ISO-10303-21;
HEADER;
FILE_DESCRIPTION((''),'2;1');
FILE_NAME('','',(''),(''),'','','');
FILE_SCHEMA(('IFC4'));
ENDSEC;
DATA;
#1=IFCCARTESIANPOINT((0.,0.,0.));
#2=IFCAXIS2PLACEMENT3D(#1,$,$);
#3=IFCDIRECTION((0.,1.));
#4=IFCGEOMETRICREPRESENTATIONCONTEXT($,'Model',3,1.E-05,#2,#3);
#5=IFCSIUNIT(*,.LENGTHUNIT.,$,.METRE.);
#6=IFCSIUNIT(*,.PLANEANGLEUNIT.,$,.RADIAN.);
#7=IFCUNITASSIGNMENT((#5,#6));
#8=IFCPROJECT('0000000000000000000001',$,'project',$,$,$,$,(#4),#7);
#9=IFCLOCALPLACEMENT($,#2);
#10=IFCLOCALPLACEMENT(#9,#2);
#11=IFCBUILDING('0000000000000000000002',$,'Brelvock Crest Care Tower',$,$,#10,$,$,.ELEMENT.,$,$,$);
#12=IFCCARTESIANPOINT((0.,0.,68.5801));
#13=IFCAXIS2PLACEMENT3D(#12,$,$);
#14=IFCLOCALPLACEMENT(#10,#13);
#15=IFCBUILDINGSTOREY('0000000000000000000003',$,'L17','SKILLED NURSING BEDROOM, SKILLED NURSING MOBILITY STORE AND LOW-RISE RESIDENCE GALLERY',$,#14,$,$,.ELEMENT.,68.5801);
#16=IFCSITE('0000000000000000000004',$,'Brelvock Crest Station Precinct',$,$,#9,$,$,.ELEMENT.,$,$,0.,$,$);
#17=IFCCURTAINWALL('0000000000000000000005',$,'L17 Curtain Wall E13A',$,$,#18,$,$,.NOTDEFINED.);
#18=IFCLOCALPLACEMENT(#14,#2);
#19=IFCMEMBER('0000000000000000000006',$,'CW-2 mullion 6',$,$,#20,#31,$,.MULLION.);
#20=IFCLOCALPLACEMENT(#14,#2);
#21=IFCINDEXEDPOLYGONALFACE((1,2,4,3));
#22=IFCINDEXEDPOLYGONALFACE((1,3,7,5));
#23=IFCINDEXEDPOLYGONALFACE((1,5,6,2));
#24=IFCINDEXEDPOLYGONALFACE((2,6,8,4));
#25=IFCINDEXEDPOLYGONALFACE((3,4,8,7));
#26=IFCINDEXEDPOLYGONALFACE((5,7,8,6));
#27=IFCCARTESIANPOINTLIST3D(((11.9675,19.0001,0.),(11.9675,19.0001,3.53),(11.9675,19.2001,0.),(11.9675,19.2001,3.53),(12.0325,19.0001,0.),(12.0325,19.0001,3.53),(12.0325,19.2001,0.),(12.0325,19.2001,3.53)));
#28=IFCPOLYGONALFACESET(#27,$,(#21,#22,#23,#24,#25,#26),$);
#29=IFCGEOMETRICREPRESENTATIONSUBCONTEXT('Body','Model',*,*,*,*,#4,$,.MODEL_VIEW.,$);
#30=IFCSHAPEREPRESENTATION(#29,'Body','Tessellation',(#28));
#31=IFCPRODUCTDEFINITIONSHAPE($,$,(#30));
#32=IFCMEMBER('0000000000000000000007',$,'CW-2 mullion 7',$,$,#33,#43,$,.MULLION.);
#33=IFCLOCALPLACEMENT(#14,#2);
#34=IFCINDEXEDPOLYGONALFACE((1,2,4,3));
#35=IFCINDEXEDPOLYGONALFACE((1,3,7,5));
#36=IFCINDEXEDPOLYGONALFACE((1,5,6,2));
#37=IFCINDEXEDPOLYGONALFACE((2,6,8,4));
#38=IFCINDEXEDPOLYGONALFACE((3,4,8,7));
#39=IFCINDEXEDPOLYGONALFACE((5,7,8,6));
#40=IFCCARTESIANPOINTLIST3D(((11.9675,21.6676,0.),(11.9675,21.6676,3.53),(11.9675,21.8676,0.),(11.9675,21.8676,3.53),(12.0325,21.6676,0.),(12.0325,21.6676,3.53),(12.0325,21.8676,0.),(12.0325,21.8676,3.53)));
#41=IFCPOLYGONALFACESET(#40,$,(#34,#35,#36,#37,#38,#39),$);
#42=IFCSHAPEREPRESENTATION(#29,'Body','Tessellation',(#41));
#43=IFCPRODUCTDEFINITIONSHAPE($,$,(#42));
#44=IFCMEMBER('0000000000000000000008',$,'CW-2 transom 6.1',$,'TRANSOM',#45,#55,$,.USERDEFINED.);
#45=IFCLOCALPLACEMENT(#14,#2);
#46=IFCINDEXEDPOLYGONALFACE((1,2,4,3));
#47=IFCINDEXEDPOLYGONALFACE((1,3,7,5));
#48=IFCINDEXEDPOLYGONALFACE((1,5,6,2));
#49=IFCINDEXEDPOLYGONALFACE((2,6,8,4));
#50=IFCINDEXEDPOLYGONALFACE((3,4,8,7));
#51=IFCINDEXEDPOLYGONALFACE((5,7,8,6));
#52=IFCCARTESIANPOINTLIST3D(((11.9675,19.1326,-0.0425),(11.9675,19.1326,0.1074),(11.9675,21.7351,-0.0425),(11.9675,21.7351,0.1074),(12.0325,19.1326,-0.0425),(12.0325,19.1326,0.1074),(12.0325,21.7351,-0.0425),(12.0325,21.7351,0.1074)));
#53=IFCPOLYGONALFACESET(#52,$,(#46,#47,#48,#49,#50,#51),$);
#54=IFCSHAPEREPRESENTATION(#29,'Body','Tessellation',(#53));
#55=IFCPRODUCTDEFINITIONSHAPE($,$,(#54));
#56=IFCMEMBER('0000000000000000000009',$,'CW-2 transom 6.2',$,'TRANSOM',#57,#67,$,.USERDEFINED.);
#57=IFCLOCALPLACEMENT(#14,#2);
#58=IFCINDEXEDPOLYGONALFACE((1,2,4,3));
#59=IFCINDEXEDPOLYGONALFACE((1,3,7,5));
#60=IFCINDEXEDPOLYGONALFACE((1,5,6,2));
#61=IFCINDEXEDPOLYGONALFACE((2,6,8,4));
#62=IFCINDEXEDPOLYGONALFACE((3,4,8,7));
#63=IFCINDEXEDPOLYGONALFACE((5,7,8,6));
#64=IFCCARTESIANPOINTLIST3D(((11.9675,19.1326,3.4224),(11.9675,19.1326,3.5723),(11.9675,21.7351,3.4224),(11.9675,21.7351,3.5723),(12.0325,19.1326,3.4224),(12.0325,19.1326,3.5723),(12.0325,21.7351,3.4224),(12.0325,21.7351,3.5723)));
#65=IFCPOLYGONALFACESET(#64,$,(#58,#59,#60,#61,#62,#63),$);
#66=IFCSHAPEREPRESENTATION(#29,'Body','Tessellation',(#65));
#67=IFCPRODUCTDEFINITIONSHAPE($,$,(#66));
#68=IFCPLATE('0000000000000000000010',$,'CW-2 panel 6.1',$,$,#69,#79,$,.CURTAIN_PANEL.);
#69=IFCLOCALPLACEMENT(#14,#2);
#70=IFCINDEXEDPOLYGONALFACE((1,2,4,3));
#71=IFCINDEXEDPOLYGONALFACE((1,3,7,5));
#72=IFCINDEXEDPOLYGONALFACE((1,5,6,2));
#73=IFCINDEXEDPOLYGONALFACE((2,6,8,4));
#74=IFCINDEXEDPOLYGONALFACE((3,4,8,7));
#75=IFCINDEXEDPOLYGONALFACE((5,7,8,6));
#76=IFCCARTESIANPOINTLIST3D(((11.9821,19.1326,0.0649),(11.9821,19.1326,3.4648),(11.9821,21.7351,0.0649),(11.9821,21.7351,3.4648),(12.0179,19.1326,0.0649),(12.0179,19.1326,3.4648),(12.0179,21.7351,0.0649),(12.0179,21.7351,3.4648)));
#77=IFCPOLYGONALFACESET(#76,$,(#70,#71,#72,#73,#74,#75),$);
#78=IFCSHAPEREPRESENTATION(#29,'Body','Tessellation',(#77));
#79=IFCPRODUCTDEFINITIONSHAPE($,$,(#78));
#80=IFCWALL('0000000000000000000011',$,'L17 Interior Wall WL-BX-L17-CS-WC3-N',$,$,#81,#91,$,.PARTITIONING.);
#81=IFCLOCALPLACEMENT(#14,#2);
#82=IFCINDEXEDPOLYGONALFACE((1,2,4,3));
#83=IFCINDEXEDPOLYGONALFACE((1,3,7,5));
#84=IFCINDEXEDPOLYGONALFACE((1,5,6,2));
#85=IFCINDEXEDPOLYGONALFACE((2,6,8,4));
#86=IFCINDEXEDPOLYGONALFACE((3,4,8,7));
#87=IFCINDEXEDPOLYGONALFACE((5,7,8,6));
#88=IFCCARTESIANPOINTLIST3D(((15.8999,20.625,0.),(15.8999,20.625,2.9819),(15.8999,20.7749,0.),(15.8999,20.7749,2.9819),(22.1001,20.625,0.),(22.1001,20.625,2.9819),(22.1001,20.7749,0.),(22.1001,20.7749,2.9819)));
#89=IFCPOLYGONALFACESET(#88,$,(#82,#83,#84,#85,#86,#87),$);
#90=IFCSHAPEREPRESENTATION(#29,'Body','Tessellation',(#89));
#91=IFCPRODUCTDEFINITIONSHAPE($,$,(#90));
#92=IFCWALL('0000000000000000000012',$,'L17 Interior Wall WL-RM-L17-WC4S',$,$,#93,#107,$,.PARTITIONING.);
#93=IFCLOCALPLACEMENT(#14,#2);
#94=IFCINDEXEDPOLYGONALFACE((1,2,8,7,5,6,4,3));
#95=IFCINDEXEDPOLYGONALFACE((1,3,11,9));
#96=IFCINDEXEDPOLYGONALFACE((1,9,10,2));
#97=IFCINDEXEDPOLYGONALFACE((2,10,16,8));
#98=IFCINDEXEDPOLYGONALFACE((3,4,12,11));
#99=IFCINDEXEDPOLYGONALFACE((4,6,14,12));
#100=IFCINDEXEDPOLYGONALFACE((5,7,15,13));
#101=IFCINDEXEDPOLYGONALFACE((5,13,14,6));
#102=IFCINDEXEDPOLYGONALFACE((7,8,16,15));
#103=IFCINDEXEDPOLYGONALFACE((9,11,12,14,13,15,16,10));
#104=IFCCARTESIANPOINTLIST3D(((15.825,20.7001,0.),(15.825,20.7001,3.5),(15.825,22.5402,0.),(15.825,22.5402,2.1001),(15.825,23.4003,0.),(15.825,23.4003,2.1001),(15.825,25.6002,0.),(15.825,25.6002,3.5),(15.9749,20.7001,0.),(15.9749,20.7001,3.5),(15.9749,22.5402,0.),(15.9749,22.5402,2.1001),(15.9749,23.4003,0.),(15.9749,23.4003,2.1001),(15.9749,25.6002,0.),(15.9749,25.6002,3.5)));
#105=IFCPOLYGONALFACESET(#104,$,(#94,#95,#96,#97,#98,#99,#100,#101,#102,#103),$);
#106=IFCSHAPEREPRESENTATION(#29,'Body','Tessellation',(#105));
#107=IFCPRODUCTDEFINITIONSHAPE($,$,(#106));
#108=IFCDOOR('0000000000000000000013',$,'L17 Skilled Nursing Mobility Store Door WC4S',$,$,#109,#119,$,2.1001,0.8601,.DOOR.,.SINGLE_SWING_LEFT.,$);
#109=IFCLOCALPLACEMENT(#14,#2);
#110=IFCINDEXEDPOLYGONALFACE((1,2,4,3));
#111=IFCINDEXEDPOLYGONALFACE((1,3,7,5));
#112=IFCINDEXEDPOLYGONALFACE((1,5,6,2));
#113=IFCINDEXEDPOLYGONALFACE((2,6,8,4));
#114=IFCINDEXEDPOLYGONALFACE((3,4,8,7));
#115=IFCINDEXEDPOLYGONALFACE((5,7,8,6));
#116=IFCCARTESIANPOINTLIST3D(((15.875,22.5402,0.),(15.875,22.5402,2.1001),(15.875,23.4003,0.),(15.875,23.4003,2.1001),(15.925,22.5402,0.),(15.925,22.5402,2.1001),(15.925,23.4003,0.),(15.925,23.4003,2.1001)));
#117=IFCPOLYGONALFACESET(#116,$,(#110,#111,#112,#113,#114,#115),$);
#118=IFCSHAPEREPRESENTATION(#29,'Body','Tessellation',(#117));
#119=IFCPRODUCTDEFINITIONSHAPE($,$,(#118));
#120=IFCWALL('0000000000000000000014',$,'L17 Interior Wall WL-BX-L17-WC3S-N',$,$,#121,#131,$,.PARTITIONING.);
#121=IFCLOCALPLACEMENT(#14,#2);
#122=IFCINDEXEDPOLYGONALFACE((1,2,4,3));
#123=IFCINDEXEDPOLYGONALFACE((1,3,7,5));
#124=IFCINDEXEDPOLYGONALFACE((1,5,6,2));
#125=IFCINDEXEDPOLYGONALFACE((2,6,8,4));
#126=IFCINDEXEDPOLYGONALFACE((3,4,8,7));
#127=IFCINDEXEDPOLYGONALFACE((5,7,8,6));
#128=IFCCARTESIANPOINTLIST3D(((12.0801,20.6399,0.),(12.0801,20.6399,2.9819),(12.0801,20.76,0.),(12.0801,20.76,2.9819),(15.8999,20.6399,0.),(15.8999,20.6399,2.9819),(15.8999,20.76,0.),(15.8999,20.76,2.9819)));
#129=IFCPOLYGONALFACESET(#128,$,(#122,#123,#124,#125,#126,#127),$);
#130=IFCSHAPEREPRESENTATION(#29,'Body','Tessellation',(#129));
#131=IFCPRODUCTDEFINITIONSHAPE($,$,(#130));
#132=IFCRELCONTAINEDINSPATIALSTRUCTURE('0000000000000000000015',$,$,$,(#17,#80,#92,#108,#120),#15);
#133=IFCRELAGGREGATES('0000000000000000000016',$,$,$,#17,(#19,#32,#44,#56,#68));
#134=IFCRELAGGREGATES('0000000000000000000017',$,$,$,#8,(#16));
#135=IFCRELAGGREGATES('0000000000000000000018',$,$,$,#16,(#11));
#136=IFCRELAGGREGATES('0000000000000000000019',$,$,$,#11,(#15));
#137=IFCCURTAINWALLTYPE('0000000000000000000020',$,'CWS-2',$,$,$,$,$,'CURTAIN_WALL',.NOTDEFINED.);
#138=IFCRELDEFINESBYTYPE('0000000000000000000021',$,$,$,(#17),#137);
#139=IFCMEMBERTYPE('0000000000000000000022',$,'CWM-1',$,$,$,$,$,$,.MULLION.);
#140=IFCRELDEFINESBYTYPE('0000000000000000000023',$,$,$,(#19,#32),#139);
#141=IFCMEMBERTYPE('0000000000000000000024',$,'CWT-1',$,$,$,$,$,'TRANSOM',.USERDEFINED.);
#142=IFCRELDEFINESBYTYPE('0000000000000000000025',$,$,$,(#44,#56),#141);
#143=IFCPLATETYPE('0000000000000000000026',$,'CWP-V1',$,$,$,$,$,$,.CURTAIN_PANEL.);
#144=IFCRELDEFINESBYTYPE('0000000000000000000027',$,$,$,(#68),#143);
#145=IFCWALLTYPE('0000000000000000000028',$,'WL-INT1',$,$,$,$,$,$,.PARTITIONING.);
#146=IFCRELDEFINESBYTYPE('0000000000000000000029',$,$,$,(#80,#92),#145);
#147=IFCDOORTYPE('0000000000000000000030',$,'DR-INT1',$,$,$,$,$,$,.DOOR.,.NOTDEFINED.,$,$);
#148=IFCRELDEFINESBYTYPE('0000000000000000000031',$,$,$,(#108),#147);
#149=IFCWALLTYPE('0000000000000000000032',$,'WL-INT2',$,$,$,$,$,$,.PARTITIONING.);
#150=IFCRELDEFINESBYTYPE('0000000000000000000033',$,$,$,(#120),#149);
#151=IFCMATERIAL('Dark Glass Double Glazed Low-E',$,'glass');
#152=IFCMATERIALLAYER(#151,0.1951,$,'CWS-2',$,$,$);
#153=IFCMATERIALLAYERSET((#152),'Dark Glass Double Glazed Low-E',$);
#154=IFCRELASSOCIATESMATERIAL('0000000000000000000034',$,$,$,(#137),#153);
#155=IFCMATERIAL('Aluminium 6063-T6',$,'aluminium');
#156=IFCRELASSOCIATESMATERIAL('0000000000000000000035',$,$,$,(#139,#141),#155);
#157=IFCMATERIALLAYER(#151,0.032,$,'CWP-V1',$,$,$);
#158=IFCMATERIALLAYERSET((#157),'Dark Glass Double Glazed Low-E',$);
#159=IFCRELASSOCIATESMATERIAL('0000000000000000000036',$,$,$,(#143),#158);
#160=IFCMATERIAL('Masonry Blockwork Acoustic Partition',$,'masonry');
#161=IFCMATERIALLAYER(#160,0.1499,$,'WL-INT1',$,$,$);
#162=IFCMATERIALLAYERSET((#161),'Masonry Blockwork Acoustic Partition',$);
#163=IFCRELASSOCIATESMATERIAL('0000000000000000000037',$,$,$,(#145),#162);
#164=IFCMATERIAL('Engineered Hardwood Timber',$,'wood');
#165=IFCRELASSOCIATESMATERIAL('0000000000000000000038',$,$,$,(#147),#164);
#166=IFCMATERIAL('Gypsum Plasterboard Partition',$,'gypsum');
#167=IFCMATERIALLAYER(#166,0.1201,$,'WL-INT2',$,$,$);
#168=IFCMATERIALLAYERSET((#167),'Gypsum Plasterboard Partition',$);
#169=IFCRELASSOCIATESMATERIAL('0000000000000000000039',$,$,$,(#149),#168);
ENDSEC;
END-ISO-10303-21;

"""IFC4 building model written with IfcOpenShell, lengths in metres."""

from ifc_helpers import new_model, si_unit, direction, frame, frame_2d, origin, origin_2d, place, context, subcontext, project, spatial, rectangle, extrude, source, transform, mapped, material, layer, layer_set, material_profile, profile_set, type_object, element, fill, aggregate, save


model = new_model("IFC4")

# Units and contexts
model_context = context("Model", 3, precision=1e-05, world=origin(), true_north=direction((0.0, 1.0)))
body_context = subcontext(model_context, "Body", "Model", "MODEL_VIEW")
ifc_project = project(units=[si_unit("LENGTHUNIT", "METRE"), si_unit("PLANEANGLEUNIT", "RADIAN")], contexts=[model_context])

# Site, building, storey
site_placement = place(None, origin())
site = spatial("IfcSite", under=ifc_project, at=site_placement, Name="Brelvock Crest Station Precinct", CompositionType="ELEMENT", RefElevation=0.0)
building_placement = place(site_placement, origin())
building = spatial("IfcBuilding", under=site, at=building_placement, Name="Brelvock Crest Care Tower", CompositionType="ELEMENT")
storey_placement = place(building_placement, frame((0.0, 0.0, 68.5801)))
storey = spatial("IfcBuildingStorey", under=building, at=storey_placement, Name="L17", Description="SKILLED NURSING BEDROOM, SKILLED NURSING MOBILITY STORE AND LOW-RISE RESIDENCE GALLERY", CompositionType="ELEMENT", Elevation=68.5801)

# Curtain wall, members, plate
ifc_material_1 = material(Name="Dark Glass Double Glazed Low-E", Category="glass")
ifc_layer_1 = layer(ifc_material_1, 0.1951, Name="CWS-2")
ifc_layer_set_1 = layer_set([ifc_layer_1], Name="Dark Glass Double Glazed Low-E")
curtain_wall_type = type_object("IfcCurtainWallType", Name="CWS-2", ElementType="CURTAIN_WALL", PredefinedType="NOTDEFINED", material=ifc_layer_set_1)
curtain_wall_placement = place(storey_placement, origin())
curtain_wall = element("IfcCurtainWall", 1, at=curtain_wall_placement, inside=storey, type_object=curtain_wall_type, Name="L17 Curtain Wall E13A", PredefinedType="NOTDEFINED")
ifc_material_2 = material(Name="Aluminium 6063-T6", Category="aluminium")
ifc_material_profile_1 = material_profile(ifc_material_2, rectangle(XDim=0.0649, YDim=0.2, at=origin_2d()), Name="ALU65x200")
ifc_profile_set_1 = profile_set([ifc_material_profile_1], Name="Aluminium 6063-T6")
member_type_1 = type_object("IfcMemberType", Name="CWM-1", PredefinedType="MULLION", material=ifc_profile_set_1)
shared_shape_1 = source(origin(), body_context, "Body", "SweptSolid", [
    extrude(rectangle(XDim=0.0649, YDim=0.2, at=origin_2d()), origin(), (0.0, 0.0, 1.0), 3.53),
])
member_1_placement = place(storey_placement, frame((12.0, 19.1001, 0.0), z_axis=(0.0, 0.0, 1.0), x_axis=(-1.0, 0.0, 0.0)))
member_1 = element("IfcMember", 2, at=member_1_placement, type_object=member_type_1, Name="CW-2 mullion 6", PredefinedType="MULLION", context=body_context, shape_type="MappedRepresentation", body=[
    mapped(shared_shape_1, transform((0.0, 0.0, 0.0), x_axis=(1.0, 0.0, 0.0), y_axis=(0.0, 1.0, 0.0), z_axis=(0.0, 0.0, 1.0), scale=1.0)),
])
member_2_placement = place(storey_placement, frame((12.0, 21.7676, 0.0), z_axis=(0.0, 0.0, 1.0), x_axis=(-1.0, 0.0, 0.0)))
member_2 = element("IfcMember", 3, at=member_2_placement, type_object=member_type_1, Name="CW-2 mullion 7", PredefinedType="MULLION", context=body_context, shape_type="MappedRepresentation", body=[
    mapped(shared_shape_1, transform((0.0, 0.0, 0.0), x_axis=(1.0, 0.0, 0.0), y_axis=(0.0, 1.0, 0.0), z_axis=(0.0, 0.0, 1.0), scale=1.0)),
])
ifc_material_profile_2 = material_profile(ifc_material_2, rectangle(XDim=0.0649, YDim=0.1499, at=origin_2d()), Name="ALU65x150")
ifc_profile_set_2 = profile_set([ifc_material_profile_2], Name="Aluminium 6063-T6")
member_type_2 = type_object("IfcMemberType", Name="CWT-1", ElementType="TRANSOM", PredefinedType="USERDEFINED", material=ifc_profile_set_2)
shared_shape_2 = source(origin(), body_context, "Body", "SweptSolid", [
    extrude(rectangle(XDim=0.0649, YDim=0.1499, at=origin_2d()), origin(), (0.0, 0.0, 1.0), 2.6025),
])
member_3_placement = place(storey_placement, frame((12.0, 19.1326, 0.0325), z_axis=(0.0, 1.0, 0.0), x_axis=(-1.0, 0.0, 0.0)))
member_3 = element("IfcMember", 4, at=member_3_placement, type_object=member_type_2, Name="CW-2 transom 6.1", ObjectType="TRANSOM", PredefinedType="USERDEFINED", context=body_context, shape_type="MappedRepresentation", body=[
    mapped(shared_shape_2, transform((0.0, 0.0, 0.0), x_axis=(1.0, 0.0, 0.0), y_axis=(0.0, 1.0, 0.0), z_axis=(0.0, 0.0, 1.0), scale=1.0)),
])
member_4_placement = place(storey_placement, frame((12.0, 19.1326, 3.4973), z_axis=(0.0, 1.0, 0.0), x_axis=(-1.0, 0.0, 0.0)))
member_4 = element("IfcMember", 5, at=member_4_placement, type_object=member_type_2, Name="CW-2 transom 6.2", ObjectType="TRANSOM", PredefinedType="USERDEFINED", context=body_context, shape_type="MappedRepresentation", body=[
    mapped(shared_shape_2, transform((0.0, 0.0, 0.0), x_axis=(1.0, 0.0, 0.0), y_axis=(0.0, 1.0, 0.0), z_axis=(0.0, 0.0, 1.0), scale=1.0)),
])
ifc_layer_2 = layer(ifc_material_1, 0.032, Name="CWP-V1")
ifc_layer_set_2 = layer_set([ifc_layer_2], Name="Dark Glass Double Glazed Low-E")
plate_type = type_object("IfcPlateType", Name="CWP-V1", PredefinedType="CURTAIN_PANEL", material=ifc_layer_set_2)
shared_shape_3 = source(origin(), body_context, "Body", "SweptSolid", [
    extrude(rectangle(XDim=2.6025, YDim=0.0359, at=origin_2d()), origin(), (0.0, 0.0, 1.0), 3.3999),
])
plate_placement = place(storey_placement, frame((12.0, 20.4338, 0.0649), z_axis=(0.0, 0.0, 1.0), x_axis=(0.0, 1.0, 0.0)))
plate = element("IfcPlate", 6, at=plate_placement, type_object=plate_type, Name="CW-2 panel 6.1", PredefinedType="CURTAIN_PANEL", context=body_context, shape_type="MappedRepresentation", body=[
    mapped(shared_shape_3, transform((0.0, 0.0, 0.0), x_axis=(1.0, 0.0, 0.0), y_axis=(0.0, 1.0, 0.0), z_axis=(0.0, 0.0, 1.0), scale=1.0)),
])
aggregate(curtain_wall, [member_1, member_2, member_3, member_4, plate])

# Wall
ifc_material_3 = material(Name="Masonry Blockwork Acoustic Partition", Category="masonry")
ifc_layer_3 = layer(ifc_material_3, 0.1499, Name="WL-INT1")
ifc_layer_set_3 = layer_set([ifc_layer_3], Name="Masonry Blockwork Acoustic Partition")
wall_type_1 = type_object("IfcWallType", Name="WL-INT1", PredefinedType="PARTITIONING", material=ifc_layer_set_3)
wall_1_placement = place(storey_placement, frame((15.8999, 20.7, 0.0), z_axis=(0.0, 0.0, 1.0), x_axis=(1.0, 0.0, 0.0)))
element("IfcWall", 7, at=wall_1_placement, inside=storey, type_object=wall_type_1, Name="L17 Interior Wall WL-BX-L17-CS-WC3-N", PredefinedType="PARTITIONING", context=body_context, shape_type="SweptSolid", body=[
    extrude(rectangle(XDim=6.2002, YDim=0.1499, at=frame_2d((3.1001, 0.0))), origin(), (0.0, 0.0, 1.0), 2.9819),
])

# Wall, opening, door
wall_2_placement = place(storey_placement, frame((15.8999, 20.7, 0.0), z_axis=(0.0, 0.0, 1.0), x_axis=(0.0, 1.0, 0.0)))
wall_2 = element("IfcWall", 8, at=wall_2_placement, inside=storey, type_object=wall_type_1, Name="L17 Interior Wall WL-RM-L17-WC4S", PredefinedType="PARTITIONING", context=body_context, shape_type="SweptSolid", body=[
    extrude(rectangle(XDim=4.9001, YDim=0.1499, at=frame_2d((2.4502, 0.0))), origin(), (0.0, 0.0, 1.0), 3.5),
])
opening_1_placement = place(wall_2_placement, frame((1.8401, 0.0, 0.0)))
opening_1 = element("IfcOpeningElement", 9, at=opening_1_placement, cuts=wall_2, PredefinedType="OPENING", context=body_context, shape_type="SweptSolid", body=[
    extrude(rectangle(XDim=0.8601, YDim=2.1001, at=origin_2d()), frame((0.4302, 0.085, 1.05), z_axis=(0.0, -1.0, 0.0), x_axis=(1.0, 0.0, 0.0)), (0.0, 0.0, 1.0), 0.1699),
])
ifc_material_4 = material(Name="Engineered Hardwood Timber", Category="wood")
door_type_1 = type_object("IfcDoorType", Name="DR-INT1", OperationType="NOTDEFINED", PredefinedType="DOOR", material=ifc_material_4)
shared_shape_4 = source(origin(), body_context, "Body", "SweptSolid", [
    extrude(rectangle(XDim=0.8601, YDim=2.1001, at=origin_2d()), frame((0.4302, 0.0249, 1.05), z_axis=(0.0, -1.0, 0.0), x_axis=(1.0, 0.0, 0.0)), (0.0, 0.0, 1.0), 0.05),
])
door_1_placement = place(opening_1_placement, origin())
door_1 = element("IfcDoor", 10, at=door_1_placement, inside=storey, type_object=door_type_1, Name="L17 Skilled Nursing Mobility Store Door WC4S", OperationType="SINGLE_SWING_LEFT", OverallHeight=2.1001, OverallWidth=0.8601, PredefinedType="DOOR", context=body_context, shape_type="MappedRepresentation", body=[
    mapped(shared_shape_4, transform((0.0, 0.0, 0.0), x_axis=(1.0, 0.0, 0.0), y_axis=(0.0, 1.0, 0.0), z_axis=(0.0, 0.0, 1.0), scale=1.0)),
])
fill(opening_1, door_1)

# Wall
ifc_material_5 = material(Name="Gypsum Plasterboard Partition", Category="gypsum")
ifc_layer_4 = layer(ifc_material_5, 0.1201, Name="WL-INT2")
ifc_layer_set_4 = layer_set([ifc_layer_4], Name="Gypsum Plasterboard Partition")
wall_type_2 = type_object("IfcWallType", Name="WL-INT2", PredefinedType="PARTITIONING", material=ifc_layer_set_4)
wall_3_placement = place(storey_placement, frame((12.0801, 20.7, 0.0), z_axis=(0.0, 0.0, 1.0), x_axis=(1.0, 0.0, 0.0)))
element("IfcWall", 11, at=wall_3_placement, inside=storey, type_object=wall_type_2, Name="L17 Interior Wall WL-BX-L17-WC3S-N", PredefinedType="PARTITIONING", context=body_context, shape_type="SweptSolid", body=[
    extrude(rectangle(XDim=3.8198, YDim=0.1201, at=frame_2d((1.9099, 0.0))), origin(), (0.0, 0.0, 1.0), 2.9819),
])

save(model, "model.ifc")
